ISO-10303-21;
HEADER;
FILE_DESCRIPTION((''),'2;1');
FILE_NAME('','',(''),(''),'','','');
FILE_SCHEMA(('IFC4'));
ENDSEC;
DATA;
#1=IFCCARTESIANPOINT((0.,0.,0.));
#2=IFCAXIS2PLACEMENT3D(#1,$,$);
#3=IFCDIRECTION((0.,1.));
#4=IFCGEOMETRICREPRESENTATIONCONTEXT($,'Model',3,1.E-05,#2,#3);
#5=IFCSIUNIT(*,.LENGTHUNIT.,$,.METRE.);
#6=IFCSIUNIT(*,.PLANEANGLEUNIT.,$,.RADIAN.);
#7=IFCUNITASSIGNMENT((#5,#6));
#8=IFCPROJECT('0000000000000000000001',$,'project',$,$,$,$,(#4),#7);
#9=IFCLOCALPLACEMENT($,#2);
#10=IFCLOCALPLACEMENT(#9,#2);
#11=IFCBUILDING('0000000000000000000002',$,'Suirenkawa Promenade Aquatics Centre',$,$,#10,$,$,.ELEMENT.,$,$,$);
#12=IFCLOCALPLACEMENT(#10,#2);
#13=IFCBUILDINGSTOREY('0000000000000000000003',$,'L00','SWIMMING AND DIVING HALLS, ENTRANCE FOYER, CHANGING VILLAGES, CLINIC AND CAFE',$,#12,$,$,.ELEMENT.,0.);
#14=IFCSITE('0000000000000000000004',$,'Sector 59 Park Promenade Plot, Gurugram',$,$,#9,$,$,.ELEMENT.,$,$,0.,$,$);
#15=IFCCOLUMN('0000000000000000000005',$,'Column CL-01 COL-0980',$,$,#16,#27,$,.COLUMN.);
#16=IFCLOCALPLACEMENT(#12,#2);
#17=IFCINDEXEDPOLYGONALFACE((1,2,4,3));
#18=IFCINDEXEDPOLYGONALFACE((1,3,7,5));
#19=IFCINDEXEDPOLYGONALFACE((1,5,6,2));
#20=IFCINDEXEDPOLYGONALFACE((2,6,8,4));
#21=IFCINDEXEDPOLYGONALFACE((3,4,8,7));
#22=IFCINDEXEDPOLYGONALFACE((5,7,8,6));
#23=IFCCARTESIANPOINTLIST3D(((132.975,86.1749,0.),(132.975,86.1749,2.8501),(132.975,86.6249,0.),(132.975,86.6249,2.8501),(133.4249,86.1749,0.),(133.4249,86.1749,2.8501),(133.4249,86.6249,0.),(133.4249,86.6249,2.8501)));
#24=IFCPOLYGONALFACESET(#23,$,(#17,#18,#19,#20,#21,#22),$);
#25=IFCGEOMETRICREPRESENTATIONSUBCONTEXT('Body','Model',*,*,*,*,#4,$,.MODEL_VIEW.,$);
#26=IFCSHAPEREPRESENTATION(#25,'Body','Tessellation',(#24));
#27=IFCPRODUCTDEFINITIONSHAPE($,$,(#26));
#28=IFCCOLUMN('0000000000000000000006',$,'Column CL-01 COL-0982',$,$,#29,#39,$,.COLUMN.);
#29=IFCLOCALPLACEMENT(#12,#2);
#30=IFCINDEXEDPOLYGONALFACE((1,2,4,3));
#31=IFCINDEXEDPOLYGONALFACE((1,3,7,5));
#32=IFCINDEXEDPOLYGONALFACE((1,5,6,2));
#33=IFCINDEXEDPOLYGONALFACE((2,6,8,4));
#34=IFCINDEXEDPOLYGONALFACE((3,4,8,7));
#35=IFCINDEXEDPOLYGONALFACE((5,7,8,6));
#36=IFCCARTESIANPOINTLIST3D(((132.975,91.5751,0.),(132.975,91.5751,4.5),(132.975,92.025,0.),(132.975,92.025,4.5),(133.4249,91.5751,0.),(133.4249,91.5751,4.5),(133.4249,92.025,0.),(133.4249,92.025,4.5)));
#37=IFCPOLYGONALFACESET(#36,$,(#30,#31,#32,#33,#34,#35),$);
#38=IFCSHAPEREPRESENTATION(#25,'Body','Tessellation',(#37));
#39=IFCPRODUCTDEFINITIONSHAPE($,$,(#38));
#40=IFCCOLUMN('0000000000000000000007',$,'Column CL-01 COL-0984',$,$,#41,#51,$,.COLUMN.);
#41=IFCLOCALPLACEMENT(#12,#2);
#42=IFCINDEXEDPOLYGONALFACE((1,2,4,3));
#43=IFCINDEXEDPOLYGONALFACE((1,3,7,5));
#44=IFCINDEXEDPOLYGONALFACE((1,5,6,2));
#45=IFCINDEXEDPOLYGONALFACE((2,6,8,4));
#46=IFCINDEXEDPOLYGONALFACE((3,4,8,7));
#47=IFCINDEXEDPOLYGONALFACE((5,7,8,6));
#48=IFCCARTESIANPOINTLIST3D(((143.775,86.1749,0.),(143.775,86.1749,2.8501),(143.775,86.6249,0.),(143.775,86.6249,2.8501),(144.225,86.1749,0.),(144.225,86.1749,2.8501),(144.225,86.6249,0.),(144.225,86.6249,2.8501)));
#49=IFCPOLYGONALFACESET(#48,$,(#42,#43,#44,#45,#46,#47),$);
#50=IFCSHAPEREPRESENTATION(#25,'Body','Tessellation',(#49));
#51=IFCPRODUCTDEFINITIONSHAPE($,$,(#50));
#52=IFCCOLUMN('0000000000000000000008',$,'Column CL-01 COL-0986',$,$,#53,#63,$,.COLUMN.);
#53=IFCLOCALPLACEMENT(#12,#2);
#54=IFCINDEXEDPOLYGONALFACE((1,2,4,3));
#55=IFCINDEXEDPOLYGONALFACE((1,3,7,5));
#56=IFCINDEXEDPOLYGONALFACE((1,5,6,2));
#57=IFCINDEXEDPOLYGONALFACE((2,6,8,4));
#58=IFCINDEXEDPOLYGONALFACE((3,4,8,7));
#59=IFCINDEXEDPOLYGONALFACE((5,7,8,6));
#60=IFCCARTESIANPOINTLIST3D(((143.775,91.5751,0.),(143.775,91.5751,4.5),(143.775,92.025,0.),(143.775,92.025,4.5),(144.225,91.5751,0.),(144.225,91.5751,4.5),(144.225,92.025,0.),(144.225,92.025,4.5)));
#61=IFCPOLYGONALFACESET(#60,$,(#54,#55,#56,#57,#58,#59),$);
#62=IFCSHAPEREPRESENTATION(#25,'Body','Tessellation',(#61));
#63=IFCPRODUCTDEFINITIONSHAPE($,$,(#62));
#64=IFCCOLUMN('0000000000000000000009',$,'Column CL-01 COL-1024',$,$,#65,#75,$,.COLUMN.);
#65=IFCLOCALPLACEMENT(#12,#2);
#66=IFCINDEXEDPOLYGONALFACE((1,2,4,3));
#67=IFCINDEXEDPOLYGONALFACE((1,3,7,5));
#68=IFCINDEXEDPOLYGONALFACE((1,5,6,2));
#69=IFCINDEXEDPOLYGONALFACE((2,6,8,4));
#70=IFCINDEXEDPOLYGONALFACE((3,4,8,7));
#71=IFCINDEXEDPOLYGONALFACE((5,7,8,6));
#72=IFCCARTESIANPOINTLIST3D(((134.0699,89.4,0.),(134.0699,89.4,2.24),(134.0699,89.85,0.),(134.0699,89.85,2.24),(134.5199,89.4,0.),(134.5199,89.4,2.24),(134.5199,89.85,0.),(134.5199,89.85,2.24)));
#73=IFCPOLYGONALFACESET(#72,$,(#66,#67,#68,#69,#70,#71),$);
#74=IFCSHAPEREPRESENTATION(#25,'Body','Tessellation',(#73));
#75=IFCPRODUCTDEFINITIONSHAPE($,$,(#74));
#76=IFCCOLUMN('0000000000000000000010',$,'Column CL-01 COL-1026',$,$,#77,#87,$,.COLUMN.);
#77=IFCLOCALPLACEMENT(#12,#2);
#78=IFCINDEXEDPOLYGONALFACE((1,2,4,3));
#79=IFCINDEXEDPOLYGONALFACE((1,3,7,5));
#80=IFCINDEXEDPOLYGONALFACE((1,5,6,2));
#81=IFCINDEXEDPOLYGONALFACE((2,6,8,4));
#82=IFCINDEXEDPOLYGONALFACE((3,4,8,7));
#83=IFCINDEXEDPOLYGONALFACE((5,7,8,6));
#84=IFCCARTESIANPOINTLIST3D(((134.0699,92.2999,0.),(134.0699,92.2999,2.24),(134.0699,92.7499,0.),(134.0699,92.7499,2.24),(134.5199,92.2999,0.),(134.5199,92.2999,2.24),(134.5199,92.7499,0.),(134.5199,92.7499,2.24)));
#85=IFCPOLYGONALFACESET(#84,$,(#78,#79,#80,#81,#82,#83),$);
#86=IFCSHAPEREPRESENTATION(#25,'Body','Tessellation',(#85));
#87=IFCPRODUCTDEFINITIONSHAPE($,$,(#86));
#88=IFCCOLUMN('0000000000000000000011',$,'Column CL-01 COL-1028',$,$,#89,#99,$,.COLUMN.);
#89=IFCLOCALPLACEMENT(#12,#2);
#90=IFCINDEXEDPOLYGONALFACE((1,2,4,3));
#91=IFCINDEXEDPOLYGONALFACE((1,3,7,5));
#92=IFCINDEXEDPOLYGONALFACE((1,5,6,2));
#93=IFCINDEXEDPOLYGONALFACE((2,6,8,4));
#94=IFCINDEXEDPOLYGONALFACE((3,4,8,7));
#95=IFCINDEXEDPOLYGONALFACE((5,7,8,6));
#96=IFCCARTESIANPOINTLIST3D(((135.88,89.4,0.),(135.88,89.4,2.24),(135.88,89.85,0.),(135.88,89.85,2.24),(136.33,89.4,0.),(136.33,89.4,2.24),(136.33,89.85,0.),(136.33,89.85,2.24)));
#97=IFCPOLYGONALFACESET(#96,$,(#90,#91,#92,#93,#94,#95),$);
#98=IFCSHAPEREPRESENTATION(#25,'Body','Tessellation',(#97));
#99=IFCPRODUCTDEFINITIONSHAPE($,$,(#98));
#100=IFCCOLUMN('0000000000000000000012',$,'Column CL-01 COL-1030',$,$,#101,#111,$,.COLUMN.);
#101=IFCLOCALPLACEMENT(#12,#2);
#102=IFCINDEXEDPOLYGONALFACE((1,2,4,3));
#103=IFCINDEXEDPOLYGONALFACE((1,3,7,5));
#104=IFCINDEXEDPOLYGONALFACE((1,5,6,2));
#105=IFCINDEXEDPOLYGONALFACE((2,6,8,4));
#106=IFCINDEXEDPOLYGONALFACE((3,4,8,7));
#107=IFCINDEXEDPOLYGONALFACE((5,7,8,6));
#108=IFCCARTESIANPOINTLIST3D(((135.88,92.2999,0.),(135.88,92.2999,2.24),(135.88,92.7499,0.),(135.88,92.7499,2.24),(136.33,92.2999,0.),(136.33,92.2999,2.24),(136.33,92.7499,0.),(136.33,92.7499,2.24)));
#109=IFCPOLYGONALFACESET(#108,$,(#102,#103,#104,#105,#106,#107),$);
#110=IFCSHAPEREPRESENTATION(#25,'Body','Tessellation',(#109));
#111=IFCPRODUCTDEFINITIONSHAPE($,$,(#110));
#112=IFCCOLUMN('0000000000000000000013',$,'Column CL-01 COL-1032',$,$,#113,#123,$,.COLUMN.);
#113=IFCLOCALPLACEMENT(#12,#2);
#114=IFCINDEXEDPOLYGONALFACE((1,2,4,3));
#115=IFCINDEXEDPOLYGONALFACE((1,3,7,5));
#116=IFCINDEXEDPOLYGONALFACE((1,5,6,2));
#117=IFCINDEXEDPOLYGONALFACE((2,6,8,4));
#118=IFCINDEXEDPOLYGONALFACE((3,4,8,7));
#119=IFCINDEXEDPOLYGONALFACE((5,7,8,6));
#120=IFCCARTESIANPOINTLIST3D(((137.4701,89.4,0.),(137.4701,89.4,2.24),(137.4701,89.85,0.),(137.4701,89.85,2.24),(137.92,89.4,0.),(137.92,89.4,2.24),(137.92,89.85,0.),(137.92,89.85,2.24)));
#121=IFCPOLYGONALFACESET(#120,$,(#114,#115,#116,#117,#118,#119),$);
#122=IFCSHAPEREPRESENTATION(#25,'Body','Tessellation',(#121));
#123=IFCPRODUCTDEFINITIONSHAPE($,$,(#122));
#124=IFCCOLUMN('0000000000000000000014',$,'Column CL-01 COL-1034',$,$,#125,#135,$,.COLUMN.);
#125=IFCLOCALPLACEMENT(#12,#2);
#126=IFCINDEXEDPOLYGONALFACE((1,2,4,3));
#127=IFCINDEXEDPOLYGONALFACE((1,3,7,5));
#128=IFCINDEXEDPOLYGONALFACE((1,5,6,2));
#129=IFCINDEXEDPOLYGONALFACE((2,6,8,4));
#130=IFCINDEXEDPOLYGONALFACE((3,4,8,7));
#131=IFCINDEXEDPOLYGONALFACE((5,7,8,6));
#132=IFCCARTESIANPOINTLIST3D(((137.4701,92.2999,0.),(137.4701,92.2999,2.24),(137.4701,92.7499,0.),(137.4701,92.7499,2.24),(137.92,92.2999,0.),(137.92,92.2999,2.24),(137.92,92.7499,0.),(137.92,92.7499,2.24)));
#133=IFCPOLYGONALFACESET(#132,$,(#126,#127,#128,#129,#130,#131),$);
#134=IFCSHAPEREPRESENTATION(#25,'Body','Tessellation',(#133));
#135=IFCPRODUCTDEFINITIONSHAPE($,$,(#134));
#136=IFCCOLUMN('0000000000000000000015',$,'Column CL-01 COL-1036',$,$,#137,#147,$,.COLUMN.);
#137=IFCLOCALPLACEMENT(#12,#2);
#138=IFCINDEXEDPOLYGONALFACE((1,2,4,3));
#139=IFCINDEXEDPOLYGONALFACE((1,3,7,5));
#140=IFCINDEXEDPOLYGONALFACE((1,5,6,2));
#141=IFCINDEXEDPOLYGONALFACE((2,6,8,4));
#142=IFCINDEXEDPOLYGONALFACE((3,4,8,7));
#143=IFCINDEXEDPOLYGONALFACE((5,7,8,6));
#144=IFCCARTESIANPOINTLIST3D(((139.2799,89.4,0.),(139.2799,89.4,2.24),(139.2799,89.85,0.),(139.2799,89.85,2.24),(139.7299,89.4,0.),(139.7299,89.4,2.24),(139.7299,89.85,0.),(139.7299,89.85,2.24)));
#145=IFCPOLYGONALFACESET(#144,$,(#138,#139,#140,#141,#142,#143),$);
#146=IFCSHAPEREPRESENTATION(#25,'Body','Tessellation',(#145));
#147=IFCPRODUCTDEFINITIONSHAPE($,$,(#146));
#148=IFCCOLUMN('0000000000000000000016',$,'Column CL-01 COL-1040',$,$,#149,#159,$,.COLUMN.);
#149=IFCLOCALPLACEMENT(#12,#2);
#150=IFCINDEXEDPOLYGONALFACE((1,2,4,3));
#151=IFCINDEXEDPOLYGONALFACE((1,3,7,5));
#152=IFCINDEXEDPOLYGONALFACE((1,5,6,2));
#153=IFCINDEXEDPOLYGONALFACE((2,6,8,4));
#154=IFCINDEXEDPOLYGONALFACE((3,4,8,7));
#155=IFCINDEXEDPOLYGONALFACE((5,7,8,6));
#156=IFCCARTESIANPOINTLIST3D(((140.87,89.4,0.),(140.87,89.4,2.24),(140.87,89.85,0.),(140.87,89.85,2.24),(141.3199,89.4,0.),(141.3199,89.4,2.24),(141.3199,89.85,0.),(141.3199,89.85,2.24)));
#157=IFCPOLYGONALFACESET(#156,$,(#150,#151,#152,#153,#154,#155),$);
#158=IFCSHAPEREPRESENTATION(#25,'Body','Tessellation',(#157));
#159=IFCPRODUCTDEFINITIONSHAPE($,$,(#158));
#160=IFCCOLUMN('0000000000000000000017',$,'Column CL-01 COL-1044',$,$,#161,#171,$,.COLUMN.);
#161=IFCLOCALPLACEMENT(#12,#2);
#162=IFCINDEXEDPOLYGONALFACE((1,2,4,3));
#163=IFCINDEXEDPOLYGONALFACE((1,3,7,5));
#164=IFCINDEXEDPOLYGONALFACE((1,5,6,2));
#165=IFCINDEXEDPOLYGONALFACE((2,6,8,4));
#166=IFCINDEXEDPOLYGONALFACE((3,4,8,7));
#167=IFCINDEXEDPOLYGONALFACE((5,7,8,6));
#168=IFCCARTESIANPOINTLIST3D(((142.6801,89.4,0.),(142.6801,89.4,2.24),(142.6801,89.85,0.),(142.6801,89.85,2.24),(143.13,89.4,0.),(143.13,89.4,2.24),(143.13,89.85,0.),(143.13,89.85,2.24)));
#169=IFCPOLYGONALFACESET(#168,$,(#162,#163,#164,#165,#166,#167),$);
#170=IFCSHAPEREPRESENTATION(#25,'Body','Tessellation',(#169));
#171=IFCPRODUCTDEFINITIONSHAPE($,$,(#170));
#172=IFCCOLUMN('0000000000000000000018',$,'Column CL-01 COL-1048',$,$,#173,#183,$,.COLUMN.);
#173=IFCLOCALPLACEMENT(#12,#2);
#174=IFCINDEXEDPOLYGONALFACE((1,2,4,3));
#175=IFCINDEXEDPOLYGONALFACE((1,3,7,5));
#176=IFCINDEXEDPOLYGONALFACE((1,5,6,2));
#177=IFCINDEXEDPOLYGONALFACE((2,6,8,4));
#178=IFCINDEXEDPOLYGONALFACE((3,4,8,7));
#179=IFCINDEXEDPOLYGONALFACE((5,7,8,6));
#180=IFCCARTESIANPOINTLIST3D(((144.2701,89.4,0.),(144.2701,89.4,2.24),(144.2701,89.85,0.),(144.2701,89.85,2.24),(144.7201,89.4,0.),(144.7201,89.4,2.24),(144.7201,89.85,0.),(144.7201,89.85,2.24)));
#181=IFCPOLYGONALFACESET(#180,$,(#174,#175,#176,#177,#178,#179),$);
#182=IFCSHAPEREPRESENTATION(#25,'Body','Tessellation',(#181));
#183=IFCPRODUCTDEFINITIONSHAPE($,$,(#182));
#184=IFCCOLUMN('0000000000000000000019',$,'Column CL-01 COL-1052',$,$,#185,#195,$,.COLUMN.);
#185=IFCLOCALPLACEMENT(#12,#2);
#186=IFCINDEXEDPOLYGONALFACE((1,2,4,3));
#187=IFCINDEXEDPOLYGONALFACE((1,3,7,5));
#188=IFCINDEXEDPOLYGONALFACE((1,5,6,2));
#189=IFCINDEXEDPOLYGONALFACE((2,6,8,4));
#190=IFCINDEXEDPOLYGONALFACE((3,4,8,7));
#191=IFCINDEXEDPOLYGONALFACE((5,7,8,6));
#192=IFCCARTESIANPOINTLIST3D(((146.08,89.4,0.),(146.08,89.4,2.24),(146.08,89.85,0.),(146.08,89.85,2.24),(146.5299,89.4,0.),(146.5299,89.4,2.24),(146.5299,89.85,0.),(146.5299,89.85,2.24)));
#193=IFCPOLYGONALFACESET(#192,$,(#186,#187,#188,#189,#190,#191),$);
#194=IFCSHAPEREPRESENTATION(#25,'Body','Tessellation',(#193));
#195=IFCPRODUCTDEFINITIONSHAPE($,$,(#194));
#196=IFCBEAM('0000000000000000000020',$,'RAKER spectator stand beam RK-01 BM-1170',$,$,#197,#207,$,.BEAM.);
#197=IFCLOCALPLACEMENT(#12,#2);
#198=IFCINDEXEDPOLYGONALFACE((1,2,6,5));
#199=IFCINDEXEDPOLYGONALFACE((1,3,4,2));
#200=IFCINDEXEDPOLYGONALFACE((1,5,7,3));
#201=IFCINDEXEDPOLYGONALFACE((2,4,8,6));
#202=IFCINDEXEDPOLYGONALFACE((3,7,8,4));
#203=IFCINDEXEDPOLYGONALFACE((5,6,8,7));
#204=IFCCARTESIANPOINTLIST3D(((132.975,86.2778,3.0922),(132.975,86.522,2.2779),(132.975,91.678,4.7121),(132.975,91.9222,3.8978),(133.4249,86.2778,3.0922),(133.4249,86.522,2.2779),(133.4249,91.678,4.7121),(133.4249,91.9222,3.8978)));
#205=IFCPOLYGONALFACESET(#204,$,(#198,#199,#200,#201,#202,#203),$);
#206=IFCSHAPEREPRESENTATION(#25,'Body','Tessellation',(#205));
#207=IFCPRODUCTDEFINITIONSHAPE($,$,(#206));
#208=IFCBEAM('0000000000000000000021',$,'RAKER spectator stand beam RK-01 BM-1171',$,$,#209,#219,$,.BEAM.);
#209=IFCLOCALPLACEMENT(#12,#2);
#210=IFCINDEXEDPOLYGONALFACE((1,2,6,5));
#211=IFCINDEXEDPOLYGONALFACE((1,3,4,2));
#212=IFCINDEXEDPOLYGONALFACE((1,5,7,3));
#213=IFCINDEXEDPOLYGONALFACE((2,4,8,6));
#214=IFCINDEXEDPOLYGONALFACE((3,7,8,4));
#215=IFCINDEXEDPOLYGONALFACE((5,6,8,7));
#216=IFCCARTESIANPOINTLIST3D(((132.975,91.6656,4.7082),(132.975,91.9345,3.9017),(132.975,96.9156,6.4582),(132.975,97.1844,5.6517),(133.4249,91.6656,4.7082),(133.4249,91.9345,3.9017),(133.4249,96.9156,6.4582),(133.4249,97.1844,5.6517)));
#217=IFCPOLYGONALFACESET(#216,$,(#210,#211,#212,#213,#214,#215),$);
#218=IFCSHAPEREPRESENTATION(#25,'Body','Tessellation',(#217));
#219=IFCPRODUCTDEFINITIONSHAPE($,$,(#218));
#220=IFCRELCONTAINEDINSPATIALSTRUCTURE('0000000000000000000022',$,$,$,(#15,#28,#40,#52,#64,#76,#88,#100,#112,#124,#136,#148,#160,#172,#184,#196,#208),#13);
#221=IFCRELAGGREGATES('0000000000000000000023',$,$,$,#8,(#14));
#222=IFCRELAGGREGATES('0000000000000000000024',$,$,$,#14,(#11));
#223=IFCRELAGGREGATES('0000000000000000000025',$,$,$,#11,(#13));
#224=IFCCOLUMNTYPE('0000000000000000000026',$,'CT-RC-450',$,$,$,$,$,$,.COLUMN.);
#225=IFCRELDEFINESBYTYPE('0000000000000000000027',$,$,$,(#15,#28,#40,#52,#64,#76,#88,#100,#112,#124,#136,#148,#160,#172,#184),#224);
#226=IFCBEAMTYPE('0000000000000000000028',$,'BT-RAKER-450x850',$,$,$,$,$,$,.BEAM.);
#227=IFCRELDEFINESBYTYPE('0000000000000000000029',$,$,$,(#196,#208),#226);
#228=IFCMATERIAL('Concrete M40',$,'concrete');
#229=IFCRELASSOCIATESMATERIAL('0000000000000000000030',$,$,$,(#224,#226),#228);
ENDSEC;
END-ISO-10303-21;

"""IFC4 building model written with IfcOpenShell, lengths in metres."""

from ifc_helpers import new_model, si_unit, direction, frame, origin, origin_2d, place, context, subcontext, project, spatial, rectangle, extrude, material, material_profile, profile_set, type_object, element, save


model = new_model("IFC4")

# Units and contexts
model_context = context("Model", 3, precision=1e-05, world=origin(), true_north=direction((0.0, 1.0)))
body_context = subcontext(model_context, "Body", "Model", "MODEL_VIEW")
ifc_project = project(units=[si_unit("LENGTHUNIT", "METRE"), si_unit("PLANEANGLEUNIT", "RADIAN")], contexts=[model_context])

# Site, building, storey
site_placement = place(None, origin())
site = spatial("IfcSite", under=ifc_project, at=site_placement, Name="Sector 59 Park Promenade Plot, Gurugram", CompositionType="ELEMENT", RefElevation=0.0)
building_placement = place(site_placement, origin())
building = spatial("IfcBuilding", under=site, at=building_placement, Name="Suirenkawa Promenade Aquatics Centre", CompositionType="ELEMENT")
storey_placement = place(building_placement, origin())
storey = spatial("IfcBuildingStorey", under=building, at=storey_placement, Name="L00", Description="SWIMMING AND DIVING HALLS, ENTRANCE FOYER, CHANGING VILLAGES, CLINIC AND CAFE", CompositionType="ELEMENT", Elevation=0.0)

# Columns
ifc_material_1 = material(Name="Concrete M40", Category="concrete")
ifc_material_profile_1 = material_profile(ifc_material_1, rectangle(XDim=0.45, YDim=0.45, at=origin_2d()), Name="RC COL 450x450", Category="concrete")
ifc_profile_set_1 = profile_set([ifc_material_profile_1], Name="Concrete M40")
column_type = type_object("IfcColumnType", Name="CT-RC-450", PredefinedType="COLUMN", material=ifc_profile_set_1)
column_1_placement = place(storey_placement, frame((133.2, 86.3999, 0.0), z_axis=(0.0, 0.0, 1.0), x_axis=(1.0, 0.0, 0.0)))
element("IfcColumn", 1, at=column_1_placement, inside=storey, type_object=column_type, Name="Column CL-01 COL-0980", PredefinedType="COLUMN", context=body_context, shape_type="SweptSolid", body=[
    extrude(rectangle(XDim=0.45, YDim=0.45, at=origin_2d()), origin(), (0.0, 0.0, 1.0), 2.8501),
])
column_2_placement = place(storey_placement, frame((133.2, 91.8, 0.0), z_axis=(0.0, 0.0, 1.0), x_axis=(1.0, 0.0, 0.0)))
element("IfcColumn", 2, at=column_2_placement, inside=storey, type_object=column_type, Name="Column CL-01 COL-0982", PredefinedType="COLUMN", context=body_context, shape_type="SweptSolid", body=[
    extrude(rectangle(XDim=0.45, YDim=0.45, at=origin_2d()), origin(), (0.0, 0.0, 1.0), 4.5),
])
column_3_placement = place(storey_placement, frame((144.0, 86.3999, 0.0), z_axis=(0.0, 0.0, 1.0), x_axis=(1.0, 0.0, 0.0)))
element("IfcColumn", 3, at=column_3_placement, inside=storey, type_object=column_type, Name="Column CL-01 COL-0984", PredefinedType="COLUMN", context=body_context, shape_type="SweptSolid", body=[
    extrude(rectangle(XDim=0.45, YDim=0.45, at=origin_2d()), origin(), (0.0, 0.0, 1.0), 2.8501),
])
column_4_placement = place(storey_placement, frame((144.0, 91.8, 0.0), z_axis=(0.0, 0.0, 1.0), x_axis=(1.0, 0.0, 0.0)))
element("IfcColumn", 4, at=column_4_placement, inside=storey, type_object=column_type, Name="Column CL-01 COL-0986", PredefinedType="COLUMN", context=body_context, shape_type="SweptSolid", body=[
    extrude(rectangle(XDim=0.45, YDim=0.45, at=origin_2d()), origin(), (0.0, 0.0, 1.0), 4.5),
])
for number, where, z_axis, x_axis, name in (
    (5, (134.2949, 89.625, 0.0), (0.0, 0.0, 1.0), (1.0, 0.0, 0.0), "Column CL-01 COL-1024"),
    (6, (134.2949, 92.5249, 0.0), (0.0, 0.0, 1.0), (1.0, 0.0, 0.0), "Column CL-01 COL-1026"),
    (7, (136.105, 89.625, 0.0), (0.0, 0.0, 1.0), (1.0, 0.0, 0.0), "Column CL-01 COL-1028"),
    (8, (136.105, 92.5249, 0.0), (0.0, 0.0, 1.0), (1.0, 0.0, 0.0), "Column CL-01 COL-1030"),
    (9, (137.6951, 89.625, 0.0), (0.0, 0.0, 1.0), (1.0, 0.0, 0.0), "Column CL-01 COL-1032"),
    (10, (137.6951, 92.5249, 0.0), (0.0, 0.0, 1.0), (1.0, 0.0, 0.0), "Column CL-01 COL-1034"),
    (11, (139.5049, 89.625, 0.0), (0.0, 0.0, 1.0), (1.0, 0.0, 0.0), "Column CL-01 COL-1036"),
    (12, (141.095, 89.625, 0.0), (0.0, 0.0, 1.0), (1.0, 0.0, 0.0), "Column CL-01 COL-1040"),
    (13, (142.905, 89.625, 0.0), (0.0, 0.0, 1.0), (1.0, 0.0, 0.0), "Column CL-01 COL-1044"),
    (14, (144.4951, 89.625, 0.0), (0.0, 0.0, 1.0), (1.0, 0.0, 0.0), "Column CL-01 COL-1048"),
    (15, (146.3049, 89.625, 0.0), (0.0, 0.0, 1.0), (1.0, 0.0, 0.0), "Column CL-01 COL-1052"),
):
    element("IfcColumn", number, at=place(storey_placement, frame(where, z_axis=z_axis, x_axis=x_axis)), inside=storey, type_object=column_type, Name=name, PredefinedType="COLUMN", context=body_context, shape_type="SweptSolid", body=[
        extrude(rectangle(XDim=0.45, YDim=0.45, at=origin_2d()), origin(), (0.0, 0.0, 1.0), 2.24),
    ])

# Beams
ifc_material_profile_2 = material_profile(ifc_material_1, rectangle(XDim=0.45, YDim=0.8501, at=origin_2d()), Name="RC RAKER 450x850", Category="concrete")
ifc_profile_set_2 = profile_set([ifc_material_profile_2], Name="Concrete M40")
beam_type = type_object("IfcBeamType", Name="BT-RAKER-450x850", PredefinedType="BEAM", material=ifc_profile_set_2)
beam_1_placement = place(storey_placement, frame((133.2, 86.3999, 2.6851), z_axis=(0.0, 0.957835, 0.28732), x_axis=(-1.0, 0.0, 0.0)))
element("IfcBeam", 16, at=beam_1_placement, inside=storey, type_object=beam_type, Name="RAKER spectator stand beam RK-01 BM-1170", PredefinedType="BEAM", context=body_context, shape_type="SweptSolid", body=[
    extrude(rectangle(XDim=0.45, YDim=0.8501, at=origin_2d()), origin(), (0.0, 0.0, 1.0), 5.6379),
])
beam_2_placement = place(storey_placement, frame((133.2, 91.8, 4.3049), z_axis=(0.0, 0.948683, 0.316228), x_axis=(-1.0, 0.0, 0.0)))
element("IfcBeam", 17, at=beam_2_placement, inside=storey, type_object=beam_type, Name="RAKER spectator stand beam RK-01 BM-1171", PredefinedType="BEAM", context=body_context, shape_type="SweptSolid", body=[
    extrude(rectangle(XDim=0.45, YDim=0.8501, at=origin_2d()), origin(), (0.0, 0.0, 1.0), 5.5339),
])

save(model, "model.ifc")
